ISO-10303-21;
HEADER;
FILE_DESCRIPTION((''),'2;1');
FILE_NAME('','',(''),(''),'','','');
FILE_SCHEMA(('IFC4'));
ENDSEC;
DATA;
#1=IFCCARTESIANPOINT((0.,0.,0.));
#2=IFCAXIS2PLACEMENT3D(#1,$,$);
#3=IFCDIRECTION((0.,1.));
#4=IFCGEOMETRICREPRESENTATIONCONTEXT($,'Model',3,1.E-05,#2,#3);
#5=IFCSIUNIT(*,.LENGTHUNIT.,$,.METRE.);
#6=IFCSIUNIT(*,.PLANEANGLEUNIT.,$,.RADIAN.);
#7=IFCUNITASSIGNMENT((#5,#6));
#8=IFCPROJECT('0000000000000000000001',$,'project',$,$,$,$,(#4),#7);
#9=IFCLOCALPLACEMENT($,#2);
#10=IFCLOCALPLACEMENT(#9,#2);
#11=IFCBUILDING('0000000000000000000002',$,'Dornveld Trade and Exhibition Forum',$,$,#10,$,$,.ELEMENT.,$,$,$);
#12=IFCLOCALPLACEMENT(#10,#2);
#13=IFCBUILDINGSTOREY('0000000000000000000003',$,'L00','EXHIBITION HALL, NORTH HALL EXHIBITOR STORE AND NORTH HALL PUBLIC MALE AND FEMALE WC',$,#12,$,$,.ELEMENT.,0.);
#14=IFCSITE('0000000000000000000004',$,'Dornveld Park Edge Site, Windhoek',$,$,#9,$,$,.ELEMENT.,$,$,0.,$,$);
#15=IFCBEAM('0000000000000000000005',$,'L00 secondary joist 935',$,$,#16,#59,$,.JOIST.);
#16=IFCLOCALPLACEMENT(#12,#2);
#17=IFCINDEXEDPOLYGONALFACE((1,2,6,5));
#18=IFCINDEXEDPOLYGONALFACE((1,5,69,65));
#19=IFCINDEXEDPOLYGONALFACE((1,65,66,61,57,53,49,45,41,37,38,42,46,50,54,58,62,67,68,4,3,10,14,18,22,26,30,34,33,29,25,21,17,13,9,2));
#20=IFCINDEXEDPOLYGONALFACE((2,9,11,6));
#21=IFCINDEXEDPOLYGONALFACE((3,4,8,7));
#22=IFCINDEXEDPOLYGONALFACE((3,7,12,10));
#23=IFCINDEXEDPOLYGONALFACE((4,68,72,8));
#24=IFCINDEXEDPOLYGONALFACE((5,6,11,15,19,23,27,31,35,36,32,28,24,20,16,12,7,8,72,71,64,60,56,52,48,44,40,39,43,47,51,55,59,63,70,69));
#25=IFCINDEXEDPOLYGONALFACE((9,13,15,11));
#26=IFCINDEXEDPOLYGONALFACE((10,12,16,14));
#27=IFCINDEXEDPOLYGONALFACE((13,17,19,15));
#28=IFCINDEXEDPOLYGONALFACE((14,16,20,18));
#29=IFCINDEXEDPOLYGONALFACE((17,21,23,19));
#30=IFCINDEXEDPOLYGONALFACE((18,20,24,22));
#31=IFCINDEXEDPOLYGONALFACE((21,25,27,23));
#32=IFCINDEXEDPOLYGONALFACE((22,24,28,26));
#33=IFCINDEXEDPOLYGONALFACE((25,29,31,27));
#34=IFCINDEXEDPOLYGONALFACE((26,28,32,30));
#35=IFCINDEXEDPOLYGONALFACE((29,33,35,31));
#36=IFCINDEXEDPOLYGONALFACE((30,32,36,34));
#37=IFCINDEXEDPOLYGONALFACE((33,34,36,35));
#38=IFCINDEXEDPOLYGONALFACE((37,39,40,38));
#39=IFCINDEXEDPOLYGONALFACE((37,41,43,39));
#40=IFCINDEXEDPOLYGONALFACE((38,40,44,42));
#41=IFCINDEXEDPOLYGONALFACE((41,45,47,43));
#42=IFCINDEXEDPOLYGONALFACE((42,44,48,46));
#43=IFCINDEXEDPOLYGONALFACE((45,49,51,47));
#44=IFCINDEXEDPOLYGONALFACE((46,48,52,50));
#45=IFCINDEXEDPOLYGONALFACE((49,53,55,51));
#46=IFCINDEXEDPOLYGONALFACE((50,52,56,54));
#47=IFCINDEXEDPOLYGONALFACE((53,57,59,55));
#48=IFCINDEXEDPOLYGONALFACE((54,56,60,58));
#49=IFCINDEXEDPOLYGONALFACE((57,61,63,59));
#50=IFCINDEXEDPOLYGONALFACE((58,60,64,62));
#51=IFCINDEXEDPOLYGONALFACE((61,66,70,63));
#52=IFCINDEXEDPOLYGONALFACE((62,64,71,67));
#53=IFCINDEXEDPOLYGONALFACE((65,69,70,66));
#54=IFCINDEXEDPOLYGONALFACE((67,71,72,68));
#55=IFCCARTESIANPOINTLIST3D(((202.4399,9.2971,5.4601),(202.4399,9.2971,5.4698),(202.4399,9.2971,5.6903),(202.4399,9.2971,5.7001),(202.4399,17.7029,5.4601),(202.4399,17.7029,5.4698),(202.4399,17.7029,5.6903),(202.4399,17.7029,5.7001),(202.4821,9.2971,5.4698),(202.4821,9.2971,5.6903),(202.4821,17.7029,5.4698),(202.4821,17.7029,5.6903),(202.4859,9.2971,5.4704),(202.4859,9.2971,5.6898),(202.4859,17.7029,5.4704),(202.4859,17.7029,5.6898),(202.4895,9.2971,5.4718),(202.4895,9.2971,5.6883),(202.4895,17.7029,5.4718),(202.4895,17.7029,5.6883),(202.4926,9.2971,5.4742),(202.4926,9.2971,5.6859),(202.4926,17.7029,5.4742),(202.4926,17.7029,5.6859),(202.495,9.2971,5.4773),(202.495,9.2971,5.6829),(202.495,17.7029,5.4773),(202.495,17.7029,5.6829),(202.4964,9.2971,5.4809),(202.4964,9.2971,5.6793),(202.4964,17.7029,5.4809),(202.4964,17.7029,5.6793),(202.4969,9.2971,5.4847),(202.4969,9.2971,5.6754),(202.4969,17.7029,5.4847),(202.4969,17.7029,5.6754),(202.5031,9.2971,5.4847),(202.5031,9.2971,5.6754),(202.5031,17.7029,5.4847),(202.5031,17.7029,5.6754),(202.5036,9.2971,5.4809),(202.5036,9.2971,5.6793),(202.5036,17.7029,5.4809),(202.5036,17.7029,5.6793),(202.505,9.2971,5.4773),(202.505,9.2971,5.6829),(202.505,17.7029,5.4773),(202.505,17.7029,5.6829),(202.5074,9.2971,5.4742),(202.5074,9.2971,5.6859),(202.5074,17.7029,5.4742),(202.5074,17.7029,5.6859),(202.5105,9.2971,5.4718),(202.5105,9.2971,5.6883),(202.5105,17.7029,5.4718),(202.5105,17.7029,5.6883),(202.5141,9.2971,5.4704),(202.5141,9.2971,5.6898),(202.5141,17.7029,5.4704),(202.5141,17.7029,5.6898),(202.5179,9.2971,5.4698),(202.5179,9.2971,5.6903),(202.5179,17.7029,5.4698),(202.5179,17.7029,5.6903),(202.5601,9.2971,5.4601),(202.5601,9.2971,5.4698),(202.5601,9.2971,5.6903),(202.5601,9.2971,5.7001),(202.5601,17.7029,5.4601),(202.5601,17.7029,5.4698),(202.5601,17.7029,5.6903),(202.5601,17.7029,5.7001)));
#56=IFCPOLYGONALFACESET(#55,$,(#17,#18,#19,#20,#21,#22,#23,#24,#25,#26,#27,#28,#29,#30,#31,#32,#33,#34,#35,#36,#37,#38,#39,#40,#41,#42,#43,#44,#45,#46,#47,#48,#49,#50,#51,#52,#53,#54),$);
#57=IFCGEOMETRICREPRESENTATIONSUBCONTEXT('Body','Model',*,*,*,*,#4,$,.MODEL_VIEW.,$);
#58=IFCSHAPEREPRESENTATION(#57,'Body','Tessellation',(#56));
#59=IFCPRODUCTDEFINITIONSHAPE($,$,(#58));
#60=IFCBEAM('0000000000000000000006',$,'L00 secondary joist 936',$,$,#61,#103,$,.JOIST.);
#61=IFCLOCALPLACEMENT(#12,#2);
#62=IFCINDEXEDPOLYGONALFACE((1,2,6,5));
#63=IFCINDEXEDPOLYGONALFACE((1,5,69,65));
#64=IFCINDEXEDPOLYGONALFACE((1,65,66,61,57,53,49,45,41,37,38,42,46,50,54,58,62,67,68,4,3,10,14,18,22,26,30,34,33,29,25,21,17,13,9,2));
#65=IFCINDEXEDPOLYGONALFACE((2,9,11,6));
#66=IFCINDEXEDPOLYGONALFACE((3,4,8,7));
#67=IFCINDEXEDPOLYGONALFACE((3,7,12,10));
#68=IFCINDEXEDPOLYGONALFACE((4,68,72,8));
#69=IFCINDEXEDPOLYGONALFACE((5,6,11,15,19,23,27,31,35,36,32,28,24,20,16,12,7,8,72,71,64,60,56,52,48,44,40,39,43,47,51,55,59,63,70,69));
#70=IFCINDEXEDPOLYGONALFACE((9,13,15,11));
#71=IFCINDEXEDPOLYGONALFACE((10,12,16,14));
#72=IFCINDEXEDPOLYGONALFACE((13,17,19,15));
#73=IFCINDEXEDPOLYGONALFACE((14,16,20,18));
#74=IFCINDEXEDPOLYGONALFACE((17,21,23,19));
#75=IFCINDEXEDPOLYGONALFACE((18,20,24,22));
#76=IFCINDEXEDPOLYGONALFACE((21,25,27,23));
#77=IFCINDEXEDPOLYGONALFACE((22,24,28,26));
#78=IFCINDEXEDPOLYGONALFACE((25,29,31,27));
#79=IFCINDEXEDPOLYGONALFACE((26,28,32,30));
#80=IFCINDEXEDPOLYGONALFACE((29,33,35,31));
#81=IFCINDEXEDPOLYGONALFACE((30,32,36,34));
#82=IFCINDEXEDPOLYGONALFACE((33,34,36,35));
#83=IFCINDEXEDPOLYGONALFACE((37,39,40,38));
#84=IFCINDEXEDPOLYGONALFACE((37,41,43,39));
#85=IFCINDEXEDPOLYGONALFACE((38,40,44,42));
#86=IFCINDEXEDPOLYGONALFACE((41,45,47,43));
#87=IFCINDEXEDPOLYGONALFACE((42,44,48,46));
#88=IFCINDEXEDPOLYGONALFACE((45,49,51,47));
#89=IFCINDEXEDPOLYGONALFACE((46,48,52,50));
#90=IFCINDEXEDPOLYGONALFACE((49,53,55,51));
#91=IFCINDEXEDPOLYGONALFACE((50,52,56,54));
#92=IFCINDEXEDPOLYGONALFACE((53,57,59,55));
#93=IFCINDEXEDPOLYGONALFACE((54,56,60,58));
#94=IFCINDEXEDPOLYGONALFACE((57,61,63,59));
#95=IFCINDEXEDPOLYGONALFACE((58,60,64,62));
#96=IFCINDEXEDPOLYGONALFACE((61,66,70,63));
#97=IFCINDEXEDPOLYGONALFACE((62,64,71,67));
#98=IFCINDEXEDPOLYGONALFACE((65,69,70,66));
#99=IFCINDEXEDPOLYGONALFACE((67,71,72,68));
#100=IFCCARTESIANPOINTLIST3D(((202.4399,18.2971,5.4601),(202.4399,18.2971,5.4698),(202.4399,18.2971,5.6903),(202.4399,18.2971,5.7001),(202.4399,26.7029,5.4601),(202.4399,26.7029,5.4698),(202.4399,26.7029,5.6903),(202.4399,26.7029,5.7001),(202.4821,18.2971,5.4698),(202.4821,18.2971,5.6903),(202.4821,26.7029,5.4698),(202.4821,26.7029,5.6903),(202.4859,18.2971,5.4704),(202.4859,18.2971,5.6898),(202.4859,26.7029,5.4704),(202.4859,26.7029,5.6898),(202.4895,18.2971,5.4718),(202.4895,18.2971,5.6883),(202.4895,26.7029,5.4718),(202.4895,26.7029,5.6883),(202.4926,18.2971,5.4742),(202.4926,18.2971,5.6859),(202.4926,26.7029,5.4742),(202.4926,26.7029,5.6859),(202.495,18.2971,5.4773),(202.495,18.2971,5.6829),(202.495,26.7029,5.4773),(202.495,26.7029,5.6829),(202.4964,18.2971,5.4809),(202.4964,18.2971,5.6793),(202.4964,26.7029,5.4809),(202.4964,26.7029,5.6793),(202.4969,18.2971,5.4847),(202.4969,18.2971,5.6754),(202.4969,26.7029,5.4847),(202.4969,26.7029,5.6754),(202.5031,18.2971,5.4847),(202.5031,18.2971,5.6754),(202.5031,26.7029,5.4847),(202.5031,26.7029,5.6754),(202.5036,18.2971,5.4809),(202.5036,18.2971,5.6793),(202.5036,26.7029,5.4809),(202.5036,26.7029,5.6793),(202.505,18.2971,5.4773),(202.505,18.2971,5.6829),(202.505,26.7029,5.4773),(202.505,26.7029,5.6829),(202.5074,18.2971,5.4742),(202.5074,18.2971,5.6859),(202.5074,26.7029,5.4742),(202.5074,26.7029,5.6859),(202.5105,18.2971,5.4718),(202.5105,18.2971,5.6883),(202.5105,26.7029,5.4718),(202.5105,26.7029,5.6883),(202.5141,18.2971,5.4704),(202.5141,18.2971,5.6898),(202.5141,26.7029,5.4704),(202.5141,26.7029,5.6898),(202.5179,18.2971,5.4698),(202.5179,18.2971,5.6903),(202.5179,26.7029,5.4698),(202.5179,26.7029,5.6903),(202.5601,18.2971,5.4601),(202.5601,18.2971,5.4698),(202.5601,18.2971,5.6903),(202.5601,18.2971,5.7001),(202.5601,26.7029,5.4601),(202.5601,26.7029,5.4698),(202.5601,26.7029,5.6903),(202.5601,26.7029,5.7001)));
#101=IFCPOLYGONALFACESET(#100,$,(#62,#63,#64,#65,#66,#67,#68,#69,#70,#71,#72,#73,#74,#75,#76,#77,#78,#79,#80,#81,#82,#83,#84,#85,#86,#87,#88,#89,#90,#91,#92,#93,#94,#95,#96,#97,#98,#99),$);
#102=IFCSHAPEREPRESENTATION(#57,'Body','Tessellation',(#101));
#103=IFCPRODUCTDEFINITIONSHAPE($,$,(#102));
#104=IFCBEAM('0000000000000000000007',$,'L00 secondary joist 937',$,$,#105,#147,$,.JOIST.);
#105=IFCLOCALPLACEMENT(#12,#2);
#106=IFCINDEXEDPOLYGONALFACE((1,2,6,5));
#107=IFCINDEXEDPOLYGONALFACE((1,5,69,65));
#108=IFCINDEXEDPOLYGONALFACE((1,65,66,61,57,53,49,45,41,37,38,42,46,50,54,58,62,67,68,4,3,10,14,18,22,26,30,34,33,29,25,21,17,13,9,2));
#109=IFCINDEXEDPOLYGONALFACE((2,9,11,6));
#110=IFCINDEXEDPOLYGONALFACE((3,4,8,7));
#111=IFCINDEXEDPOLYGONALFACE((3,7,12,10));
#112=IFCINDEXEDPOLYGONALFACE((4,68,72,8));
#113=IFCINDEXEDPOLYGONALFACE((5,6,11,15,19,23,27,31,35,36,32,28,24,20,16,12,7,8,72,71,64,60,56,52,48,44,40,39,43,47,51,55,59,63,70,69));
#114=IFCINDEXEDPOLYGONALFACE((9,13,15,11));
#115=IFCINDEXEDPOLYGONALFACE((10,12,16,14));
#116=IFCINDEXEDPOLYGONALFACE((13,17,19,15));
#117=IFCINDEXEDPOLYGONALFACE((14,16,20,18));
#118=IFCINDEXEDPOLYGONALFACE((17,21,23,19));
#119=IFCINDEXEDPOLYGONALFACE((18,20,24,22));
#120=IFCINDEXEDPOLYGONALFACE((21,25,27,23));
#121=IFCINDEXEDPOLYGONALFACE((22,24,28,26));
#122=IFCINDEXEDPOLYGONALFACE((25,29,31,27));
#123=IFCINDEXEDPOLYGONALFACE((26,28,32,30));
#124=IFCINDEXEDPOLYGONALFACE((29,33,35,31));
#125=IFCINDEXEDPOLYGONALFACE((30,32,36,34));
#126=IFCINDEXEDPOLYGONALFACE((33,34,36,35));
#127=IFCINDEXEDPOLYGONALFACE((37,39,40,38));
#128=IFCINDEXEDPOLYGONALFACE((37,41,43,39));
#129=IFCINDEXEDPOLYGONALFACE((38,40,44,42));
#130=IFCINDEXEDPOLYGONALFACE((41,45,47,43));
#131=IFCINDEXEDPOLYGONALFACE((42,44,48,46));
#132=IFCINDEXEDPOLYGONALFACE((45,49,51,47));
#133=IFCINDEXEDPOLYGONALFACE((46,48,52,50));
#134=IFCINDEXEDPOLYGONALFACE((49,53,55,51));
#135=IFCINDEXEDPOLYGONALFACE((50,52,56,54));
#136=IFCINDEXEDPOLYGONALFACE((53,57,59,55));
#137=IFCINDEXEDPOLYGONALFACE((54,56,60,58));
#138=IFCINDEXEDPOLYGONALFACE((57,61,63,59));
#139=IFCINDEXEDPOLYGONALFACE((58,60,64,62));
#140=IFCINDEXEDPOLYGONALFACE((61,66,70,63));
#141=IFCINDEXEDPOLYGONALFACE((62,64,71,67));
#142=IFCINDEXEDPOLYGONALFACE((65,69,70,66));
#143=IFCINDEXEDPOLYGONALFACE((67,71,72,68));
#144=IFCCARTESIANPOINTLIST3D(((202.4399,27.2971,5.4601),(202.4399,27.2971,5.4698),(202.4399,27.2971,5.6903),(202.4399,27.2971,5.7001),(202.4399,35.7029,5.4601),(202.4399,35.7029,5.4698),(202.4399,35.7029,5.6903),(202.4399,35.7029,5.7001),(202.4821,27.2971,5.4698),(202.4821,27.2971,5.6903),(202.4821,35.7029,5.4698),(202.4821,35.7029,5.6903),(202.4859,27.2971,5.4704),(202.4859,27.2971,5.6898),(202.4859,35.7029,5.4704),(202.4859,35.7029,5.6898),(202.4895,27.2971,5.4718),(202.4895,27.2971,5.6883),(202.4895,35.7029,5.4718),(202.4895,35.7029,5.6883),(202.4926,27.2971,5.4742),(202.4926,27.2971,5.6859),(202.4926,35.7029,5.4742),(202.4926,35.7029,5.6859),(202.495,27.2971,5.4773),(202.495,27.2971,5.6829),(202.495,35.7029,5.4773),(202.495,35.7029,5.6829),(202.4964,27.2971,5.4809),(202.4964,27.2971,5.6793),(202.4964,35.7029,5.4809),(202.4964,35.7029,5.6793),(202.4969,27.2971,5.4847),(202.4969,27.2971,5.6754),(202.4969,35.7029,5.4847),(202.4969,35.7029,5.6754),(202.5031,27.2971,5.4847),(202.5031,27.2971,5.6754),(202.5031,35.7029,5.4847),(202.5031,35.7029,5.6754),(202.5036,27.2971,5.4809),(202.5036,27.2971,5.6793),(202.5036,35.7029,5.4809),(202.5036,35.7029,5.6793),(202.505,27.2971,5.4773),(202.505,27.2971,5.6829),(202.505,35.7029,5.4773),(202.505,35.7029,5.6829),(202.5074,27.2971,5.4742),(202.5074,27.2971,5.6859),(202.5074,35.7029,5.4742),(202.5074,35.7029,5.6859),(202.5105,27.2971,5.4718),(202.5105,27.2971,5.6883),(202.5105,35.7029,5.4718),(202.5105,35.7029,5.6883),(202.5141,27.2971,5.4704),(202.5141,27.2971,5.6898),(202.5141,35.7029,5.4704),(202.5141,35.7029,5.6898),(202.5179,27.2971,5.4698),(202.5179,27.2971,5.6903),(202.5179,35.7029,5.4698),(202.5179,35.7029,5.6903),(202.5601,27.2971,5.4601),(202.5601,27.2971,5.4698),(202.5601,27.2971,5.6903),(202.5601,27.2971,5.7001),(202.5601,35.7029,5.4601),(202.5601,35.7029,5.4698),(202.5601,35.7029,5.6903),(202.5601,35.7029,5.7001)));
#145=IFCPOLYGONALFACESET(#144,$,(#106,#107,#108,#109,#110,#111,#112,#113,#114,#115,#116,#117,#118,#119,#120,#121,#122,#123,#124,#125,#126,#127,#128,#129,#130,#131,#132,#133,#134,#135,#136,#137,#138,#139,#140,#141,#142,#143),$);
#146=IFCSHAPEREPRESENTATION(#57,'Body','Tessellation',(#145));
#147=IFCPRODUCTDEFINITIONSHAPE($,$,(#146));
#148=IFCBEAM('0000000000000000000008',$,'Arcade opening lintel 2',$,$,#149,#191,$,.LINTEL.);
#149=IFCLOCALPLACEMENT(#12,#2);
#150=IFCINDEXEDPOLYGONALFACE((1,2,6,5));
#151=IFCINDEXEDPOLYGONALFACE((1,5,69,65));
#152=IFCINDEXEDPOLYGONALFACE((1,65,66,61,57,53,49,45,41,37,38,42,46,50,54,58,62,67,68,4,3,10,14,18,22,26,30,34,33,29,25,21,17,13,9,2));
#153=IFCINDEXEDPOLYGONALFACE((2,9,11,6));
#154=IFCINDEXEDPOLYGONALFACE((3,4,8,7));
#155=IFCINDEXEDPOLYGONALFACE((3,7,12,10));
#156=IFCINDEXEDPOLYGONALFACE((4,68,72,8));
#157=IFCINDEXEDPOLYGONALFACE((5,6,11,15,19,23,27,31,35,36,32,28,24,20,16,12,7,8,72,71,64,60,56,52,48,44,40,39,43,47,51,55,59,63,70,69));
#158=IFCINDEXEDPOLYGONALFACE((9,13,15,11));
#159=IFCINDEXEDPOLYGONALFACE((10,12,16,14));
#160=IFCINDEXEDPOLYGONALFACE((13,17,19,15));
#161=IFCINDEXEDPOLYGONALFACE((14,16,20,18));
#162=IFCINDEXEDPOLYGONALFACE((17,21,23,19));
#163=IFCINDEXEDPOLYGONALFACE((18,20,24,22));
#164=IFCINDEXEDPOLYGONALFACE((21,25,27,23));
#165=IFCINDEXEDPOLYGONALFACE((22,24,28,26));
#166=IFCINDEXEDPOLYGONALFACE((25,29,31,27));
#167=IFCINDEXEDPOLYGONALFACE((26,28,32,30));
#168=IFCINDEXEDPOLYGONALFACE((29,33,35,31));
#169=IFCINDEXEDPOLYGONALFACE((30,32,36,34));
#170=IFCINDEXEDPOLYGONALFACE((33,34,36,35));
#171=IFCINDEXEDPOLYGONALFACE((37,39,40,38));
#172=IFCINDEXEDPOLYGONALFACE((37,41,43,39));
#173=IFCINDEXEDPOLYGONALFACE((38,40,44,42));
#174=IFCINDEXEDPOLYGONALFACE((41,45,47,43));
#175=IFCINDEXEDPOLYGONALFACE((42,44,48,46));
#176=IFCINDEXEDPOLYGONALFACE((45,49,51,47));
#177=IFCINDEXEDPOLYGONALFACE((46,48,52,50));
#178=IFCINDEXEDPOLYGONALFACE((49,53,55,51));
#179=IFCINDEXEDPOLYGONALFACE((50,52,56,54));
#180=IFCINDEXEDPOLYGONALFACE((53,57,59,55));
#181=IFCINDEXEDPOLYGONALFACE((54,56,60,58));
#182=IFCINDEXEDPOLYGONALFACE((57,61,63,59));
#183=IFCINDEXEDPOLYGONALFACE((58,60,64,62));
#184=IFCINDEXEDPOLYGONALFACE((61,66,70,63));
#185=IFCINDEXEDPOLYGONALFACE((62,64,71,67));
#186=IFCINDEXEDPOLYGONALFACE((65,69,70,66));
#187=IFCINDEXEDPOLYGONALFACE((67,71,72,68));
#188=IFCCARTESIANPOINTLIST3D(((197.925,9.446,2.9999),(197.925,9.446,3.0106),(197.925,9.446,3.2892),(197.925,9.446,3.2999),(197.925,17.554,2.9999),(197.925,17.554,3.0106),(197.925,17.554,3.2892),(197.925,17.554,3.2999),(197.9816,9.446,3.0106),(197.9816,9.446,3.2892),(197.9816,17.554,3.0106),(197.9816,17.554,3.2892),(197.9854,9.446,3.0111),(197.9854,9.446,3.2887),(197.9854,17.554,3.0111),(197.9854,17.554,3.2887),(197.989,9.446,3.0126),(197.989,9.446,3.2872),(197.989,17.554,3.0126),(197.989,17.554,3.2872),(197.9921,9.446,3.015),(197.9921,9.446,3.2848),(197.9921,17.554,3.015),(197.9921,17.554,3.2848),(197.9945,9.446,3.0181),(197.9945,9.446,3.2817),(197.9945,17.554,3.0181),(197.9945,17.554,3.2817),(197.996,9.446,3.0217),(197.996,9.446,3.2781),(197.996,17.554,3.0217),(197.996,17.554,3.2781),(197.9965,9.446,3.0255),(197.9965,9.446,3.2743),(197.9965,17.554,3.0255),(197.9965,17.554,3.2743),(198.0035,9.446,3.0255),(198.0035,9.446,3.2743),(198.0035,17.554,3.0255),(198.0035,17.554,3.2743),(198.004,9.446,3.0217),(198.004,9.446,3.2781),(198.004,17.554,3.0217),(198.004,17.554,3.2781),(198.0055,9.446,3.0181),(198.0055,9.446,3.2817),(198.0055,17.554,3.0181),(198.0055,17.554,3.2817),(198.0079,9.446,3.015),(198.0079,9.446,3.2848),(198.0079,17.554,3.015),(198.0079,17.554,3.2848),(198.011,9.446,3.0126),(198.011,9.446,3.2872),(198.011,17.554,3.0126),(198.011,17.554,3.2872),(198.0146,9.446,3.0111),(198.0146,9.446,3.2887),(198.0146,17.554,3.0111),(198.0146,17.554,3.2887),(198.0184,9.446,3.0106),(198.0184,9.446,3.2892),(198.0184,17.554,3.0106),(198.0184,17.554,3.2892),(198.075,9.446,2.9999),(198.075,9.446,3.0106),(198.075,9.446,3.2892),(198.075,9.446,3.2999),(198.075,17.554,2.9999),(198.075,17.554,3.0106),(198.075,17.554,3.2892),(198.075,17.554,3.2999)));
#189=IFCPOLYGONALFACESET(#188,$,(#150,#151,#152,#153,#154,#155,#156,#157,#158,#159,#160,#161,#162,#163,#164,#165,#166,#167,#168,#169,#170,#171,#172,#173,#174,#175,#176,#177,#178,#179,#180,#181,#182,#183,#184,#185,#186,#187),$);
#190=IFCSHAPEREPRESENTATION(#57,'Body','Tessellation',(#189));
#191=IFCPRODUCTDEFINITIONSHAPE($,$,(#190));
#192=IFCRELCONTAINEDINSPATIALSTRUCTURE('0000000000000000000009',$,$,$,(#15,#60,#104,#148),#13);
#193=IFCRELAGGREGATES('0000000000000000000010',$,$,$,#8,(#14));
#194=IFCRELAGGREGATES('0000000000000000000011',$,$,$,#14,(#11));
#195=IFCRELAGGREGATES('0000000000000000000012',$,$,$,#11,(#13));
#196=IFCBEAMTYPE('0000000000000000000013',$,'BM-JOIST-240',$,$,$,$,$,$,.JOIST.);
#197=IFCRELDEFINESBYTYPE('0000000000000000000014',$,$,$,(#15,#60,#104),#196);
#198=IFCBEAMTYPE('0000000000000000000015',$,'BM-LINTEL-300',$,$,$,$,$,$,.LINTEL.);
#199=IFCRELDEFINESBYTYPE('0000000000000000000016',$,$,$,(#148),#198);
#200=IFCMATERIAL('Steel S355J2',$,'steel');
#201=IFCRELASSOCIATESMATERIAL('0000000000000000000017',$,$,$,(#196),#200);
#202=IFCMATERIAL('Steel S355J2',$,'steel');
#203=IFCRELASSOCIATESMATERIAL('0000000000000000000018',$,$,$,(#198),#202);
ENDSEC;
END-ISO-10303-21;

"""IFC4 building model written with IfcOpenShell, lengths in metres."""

from ifc_helpers import new_model, si_unit, direction, frame, origin, origin_2d, place, context, subcontext, project, spatial, i_section, extrude, material, material_profile, profile_set, type_object, element, save


model = new_model("IFC4")

# Units and contexts
model_context = context("Model", 3, precision=1e-05, world=origin(), true_north=direction((0.0, 1.0)))
body_context = subcontext(model_context, "Body", "Model", "MODEL_VIEW")
ifc_project = project(units=[si_unit("LENGTHUNIT", "METRE"), si_unit("PLANEANGLEUNIT", "RADIAN")], contexts=[model_context])

# Site, building, storey
site_placement = place(None, origin())
site = spatial("IfcSite", under=ifc_project, at=site_placement, Name="Dornveld Park Edge Site, Windhoek", CompositionType="ELEMENT", RefElevation=0.0)
building_placement = place(site_placement, origin())
building = spatial("IfcBuilding", under=site, at=building_placement, Name="Dornveld Trade and Exhibition Forum", CompositionType="ELEMENT")
storey_placement = place(building_placement, origin())
storey = spatial("IfcBuildingStorey", under=building, at=storey_placement, Name="L00", Description="EXHIBITION HALL, NORTH HALL EXHIBITOR STORE AND NORTH HALL PUBLIC MALE AND FEMALE WC", CompositionType="ELEMENT", Elevation=0.0)

# Beams
ifc_material_1 = material(Name="Steel S355J2", Category="steel")
ifc_material_profile_1 = material_profile(ifc_material_1, i_section(OverallWidth=0.1201, OverallDepth=0.24, WebThickness=0.0061, FlangeThickness=0.0098, FilletRadius=0.0149, at=origin_2d()), Name="IPE 240")
ifc_profile_set_1 = profile_set([ifc_material_profile_1], Name="Steel S355J2")
beam_type_1 = type_object("IfcBeamType", Name="BM-JOIST-240", PredefinedType="JOIST", material=ifc_profile_set_1)
for number, where, z_axis, x_axis, name in (
    (1, (202.5, 9.2971, 5.5801), (0.0, 1.0, 0.0), (-1.0, 0.0, 0.0), "L00 secondary joist 935"),
    (2, (202.5, 18.2971, 5.5801), (0.0, 1.0, 0.0), (-1.0, 0.0, 0.0), "L00 secondary joist 936"),
    (3, (202.5, 27.2971, 5.5801), (0.0, 1.0, 0.0), (-1.0, 0.0, 0.0), "L00 secondary joist 937"),
):
    element("IfcBeam", number, at=place(storey_placement, frame(where, z_axis=z_axis, x_axis=x_axis)), inside=storey, type_object=beam_type_1, Name=name, PredefinedType="JOIST", context=body_context, shape_type="SweptSolid", body=[
        extrude(i_section(OverallWidth=0.1201, OverallDepth=0.24, WebThickness=0.0061, FlangeThickness=0.0098, FilletRadius=0.0149, at=origin_2d()), origin(), (0.0, 0.0, 1.0), 8.4058),
    ])
ifc_material_2 = material(Name="Steel S355J2", Category="steel")
ifc_material_profile_2 = material_profile(ifc_material_2, i_section(OverallWidth=0.1499, OverallDepth=0.3, WebThickness=0.0071, FlangeThickness=0.0107, FilletRadius=0.0149, at=origin_2d()), Name="IPE 300")
ifc_profile_set_2 = profile_set([ifc_material_profile_2], Name="Steel S355J2")
beam_type_2 = type_object("IfcBeamType", Name="BM-LINTEL-300", PredefinedType="LINTEL", material=ifc_profile_set_2)
for number, where, z_axis, x_axis, name in (
    (4, (198.0, 9.446, 3.1499), (0.0, 1.0, 0.0), (-1.0, 0.0, 0.0), "Arcade opening lintel 2"),
):
    element("IfcBeam", number, at=place(storey_placement, frame(where, z_axis=z_axis, x_axis=x_axis)), inside=storey, type_object=beam_type_2, Name=name, PredefinedType="LINTEL", context=body_context, shape_type="SweptSolid", body=[
        extrude(i_section(OverallWidth=0.1499, OverallDepth=0.3, WebThickness=0.0071, FlangeThickness=0.0107, FilletRadius=0.0149, at=origin_2d()), origin(), (0.0, 0.0, 1.0), 8.1079),
    ])

save(model, "model.ifc")
